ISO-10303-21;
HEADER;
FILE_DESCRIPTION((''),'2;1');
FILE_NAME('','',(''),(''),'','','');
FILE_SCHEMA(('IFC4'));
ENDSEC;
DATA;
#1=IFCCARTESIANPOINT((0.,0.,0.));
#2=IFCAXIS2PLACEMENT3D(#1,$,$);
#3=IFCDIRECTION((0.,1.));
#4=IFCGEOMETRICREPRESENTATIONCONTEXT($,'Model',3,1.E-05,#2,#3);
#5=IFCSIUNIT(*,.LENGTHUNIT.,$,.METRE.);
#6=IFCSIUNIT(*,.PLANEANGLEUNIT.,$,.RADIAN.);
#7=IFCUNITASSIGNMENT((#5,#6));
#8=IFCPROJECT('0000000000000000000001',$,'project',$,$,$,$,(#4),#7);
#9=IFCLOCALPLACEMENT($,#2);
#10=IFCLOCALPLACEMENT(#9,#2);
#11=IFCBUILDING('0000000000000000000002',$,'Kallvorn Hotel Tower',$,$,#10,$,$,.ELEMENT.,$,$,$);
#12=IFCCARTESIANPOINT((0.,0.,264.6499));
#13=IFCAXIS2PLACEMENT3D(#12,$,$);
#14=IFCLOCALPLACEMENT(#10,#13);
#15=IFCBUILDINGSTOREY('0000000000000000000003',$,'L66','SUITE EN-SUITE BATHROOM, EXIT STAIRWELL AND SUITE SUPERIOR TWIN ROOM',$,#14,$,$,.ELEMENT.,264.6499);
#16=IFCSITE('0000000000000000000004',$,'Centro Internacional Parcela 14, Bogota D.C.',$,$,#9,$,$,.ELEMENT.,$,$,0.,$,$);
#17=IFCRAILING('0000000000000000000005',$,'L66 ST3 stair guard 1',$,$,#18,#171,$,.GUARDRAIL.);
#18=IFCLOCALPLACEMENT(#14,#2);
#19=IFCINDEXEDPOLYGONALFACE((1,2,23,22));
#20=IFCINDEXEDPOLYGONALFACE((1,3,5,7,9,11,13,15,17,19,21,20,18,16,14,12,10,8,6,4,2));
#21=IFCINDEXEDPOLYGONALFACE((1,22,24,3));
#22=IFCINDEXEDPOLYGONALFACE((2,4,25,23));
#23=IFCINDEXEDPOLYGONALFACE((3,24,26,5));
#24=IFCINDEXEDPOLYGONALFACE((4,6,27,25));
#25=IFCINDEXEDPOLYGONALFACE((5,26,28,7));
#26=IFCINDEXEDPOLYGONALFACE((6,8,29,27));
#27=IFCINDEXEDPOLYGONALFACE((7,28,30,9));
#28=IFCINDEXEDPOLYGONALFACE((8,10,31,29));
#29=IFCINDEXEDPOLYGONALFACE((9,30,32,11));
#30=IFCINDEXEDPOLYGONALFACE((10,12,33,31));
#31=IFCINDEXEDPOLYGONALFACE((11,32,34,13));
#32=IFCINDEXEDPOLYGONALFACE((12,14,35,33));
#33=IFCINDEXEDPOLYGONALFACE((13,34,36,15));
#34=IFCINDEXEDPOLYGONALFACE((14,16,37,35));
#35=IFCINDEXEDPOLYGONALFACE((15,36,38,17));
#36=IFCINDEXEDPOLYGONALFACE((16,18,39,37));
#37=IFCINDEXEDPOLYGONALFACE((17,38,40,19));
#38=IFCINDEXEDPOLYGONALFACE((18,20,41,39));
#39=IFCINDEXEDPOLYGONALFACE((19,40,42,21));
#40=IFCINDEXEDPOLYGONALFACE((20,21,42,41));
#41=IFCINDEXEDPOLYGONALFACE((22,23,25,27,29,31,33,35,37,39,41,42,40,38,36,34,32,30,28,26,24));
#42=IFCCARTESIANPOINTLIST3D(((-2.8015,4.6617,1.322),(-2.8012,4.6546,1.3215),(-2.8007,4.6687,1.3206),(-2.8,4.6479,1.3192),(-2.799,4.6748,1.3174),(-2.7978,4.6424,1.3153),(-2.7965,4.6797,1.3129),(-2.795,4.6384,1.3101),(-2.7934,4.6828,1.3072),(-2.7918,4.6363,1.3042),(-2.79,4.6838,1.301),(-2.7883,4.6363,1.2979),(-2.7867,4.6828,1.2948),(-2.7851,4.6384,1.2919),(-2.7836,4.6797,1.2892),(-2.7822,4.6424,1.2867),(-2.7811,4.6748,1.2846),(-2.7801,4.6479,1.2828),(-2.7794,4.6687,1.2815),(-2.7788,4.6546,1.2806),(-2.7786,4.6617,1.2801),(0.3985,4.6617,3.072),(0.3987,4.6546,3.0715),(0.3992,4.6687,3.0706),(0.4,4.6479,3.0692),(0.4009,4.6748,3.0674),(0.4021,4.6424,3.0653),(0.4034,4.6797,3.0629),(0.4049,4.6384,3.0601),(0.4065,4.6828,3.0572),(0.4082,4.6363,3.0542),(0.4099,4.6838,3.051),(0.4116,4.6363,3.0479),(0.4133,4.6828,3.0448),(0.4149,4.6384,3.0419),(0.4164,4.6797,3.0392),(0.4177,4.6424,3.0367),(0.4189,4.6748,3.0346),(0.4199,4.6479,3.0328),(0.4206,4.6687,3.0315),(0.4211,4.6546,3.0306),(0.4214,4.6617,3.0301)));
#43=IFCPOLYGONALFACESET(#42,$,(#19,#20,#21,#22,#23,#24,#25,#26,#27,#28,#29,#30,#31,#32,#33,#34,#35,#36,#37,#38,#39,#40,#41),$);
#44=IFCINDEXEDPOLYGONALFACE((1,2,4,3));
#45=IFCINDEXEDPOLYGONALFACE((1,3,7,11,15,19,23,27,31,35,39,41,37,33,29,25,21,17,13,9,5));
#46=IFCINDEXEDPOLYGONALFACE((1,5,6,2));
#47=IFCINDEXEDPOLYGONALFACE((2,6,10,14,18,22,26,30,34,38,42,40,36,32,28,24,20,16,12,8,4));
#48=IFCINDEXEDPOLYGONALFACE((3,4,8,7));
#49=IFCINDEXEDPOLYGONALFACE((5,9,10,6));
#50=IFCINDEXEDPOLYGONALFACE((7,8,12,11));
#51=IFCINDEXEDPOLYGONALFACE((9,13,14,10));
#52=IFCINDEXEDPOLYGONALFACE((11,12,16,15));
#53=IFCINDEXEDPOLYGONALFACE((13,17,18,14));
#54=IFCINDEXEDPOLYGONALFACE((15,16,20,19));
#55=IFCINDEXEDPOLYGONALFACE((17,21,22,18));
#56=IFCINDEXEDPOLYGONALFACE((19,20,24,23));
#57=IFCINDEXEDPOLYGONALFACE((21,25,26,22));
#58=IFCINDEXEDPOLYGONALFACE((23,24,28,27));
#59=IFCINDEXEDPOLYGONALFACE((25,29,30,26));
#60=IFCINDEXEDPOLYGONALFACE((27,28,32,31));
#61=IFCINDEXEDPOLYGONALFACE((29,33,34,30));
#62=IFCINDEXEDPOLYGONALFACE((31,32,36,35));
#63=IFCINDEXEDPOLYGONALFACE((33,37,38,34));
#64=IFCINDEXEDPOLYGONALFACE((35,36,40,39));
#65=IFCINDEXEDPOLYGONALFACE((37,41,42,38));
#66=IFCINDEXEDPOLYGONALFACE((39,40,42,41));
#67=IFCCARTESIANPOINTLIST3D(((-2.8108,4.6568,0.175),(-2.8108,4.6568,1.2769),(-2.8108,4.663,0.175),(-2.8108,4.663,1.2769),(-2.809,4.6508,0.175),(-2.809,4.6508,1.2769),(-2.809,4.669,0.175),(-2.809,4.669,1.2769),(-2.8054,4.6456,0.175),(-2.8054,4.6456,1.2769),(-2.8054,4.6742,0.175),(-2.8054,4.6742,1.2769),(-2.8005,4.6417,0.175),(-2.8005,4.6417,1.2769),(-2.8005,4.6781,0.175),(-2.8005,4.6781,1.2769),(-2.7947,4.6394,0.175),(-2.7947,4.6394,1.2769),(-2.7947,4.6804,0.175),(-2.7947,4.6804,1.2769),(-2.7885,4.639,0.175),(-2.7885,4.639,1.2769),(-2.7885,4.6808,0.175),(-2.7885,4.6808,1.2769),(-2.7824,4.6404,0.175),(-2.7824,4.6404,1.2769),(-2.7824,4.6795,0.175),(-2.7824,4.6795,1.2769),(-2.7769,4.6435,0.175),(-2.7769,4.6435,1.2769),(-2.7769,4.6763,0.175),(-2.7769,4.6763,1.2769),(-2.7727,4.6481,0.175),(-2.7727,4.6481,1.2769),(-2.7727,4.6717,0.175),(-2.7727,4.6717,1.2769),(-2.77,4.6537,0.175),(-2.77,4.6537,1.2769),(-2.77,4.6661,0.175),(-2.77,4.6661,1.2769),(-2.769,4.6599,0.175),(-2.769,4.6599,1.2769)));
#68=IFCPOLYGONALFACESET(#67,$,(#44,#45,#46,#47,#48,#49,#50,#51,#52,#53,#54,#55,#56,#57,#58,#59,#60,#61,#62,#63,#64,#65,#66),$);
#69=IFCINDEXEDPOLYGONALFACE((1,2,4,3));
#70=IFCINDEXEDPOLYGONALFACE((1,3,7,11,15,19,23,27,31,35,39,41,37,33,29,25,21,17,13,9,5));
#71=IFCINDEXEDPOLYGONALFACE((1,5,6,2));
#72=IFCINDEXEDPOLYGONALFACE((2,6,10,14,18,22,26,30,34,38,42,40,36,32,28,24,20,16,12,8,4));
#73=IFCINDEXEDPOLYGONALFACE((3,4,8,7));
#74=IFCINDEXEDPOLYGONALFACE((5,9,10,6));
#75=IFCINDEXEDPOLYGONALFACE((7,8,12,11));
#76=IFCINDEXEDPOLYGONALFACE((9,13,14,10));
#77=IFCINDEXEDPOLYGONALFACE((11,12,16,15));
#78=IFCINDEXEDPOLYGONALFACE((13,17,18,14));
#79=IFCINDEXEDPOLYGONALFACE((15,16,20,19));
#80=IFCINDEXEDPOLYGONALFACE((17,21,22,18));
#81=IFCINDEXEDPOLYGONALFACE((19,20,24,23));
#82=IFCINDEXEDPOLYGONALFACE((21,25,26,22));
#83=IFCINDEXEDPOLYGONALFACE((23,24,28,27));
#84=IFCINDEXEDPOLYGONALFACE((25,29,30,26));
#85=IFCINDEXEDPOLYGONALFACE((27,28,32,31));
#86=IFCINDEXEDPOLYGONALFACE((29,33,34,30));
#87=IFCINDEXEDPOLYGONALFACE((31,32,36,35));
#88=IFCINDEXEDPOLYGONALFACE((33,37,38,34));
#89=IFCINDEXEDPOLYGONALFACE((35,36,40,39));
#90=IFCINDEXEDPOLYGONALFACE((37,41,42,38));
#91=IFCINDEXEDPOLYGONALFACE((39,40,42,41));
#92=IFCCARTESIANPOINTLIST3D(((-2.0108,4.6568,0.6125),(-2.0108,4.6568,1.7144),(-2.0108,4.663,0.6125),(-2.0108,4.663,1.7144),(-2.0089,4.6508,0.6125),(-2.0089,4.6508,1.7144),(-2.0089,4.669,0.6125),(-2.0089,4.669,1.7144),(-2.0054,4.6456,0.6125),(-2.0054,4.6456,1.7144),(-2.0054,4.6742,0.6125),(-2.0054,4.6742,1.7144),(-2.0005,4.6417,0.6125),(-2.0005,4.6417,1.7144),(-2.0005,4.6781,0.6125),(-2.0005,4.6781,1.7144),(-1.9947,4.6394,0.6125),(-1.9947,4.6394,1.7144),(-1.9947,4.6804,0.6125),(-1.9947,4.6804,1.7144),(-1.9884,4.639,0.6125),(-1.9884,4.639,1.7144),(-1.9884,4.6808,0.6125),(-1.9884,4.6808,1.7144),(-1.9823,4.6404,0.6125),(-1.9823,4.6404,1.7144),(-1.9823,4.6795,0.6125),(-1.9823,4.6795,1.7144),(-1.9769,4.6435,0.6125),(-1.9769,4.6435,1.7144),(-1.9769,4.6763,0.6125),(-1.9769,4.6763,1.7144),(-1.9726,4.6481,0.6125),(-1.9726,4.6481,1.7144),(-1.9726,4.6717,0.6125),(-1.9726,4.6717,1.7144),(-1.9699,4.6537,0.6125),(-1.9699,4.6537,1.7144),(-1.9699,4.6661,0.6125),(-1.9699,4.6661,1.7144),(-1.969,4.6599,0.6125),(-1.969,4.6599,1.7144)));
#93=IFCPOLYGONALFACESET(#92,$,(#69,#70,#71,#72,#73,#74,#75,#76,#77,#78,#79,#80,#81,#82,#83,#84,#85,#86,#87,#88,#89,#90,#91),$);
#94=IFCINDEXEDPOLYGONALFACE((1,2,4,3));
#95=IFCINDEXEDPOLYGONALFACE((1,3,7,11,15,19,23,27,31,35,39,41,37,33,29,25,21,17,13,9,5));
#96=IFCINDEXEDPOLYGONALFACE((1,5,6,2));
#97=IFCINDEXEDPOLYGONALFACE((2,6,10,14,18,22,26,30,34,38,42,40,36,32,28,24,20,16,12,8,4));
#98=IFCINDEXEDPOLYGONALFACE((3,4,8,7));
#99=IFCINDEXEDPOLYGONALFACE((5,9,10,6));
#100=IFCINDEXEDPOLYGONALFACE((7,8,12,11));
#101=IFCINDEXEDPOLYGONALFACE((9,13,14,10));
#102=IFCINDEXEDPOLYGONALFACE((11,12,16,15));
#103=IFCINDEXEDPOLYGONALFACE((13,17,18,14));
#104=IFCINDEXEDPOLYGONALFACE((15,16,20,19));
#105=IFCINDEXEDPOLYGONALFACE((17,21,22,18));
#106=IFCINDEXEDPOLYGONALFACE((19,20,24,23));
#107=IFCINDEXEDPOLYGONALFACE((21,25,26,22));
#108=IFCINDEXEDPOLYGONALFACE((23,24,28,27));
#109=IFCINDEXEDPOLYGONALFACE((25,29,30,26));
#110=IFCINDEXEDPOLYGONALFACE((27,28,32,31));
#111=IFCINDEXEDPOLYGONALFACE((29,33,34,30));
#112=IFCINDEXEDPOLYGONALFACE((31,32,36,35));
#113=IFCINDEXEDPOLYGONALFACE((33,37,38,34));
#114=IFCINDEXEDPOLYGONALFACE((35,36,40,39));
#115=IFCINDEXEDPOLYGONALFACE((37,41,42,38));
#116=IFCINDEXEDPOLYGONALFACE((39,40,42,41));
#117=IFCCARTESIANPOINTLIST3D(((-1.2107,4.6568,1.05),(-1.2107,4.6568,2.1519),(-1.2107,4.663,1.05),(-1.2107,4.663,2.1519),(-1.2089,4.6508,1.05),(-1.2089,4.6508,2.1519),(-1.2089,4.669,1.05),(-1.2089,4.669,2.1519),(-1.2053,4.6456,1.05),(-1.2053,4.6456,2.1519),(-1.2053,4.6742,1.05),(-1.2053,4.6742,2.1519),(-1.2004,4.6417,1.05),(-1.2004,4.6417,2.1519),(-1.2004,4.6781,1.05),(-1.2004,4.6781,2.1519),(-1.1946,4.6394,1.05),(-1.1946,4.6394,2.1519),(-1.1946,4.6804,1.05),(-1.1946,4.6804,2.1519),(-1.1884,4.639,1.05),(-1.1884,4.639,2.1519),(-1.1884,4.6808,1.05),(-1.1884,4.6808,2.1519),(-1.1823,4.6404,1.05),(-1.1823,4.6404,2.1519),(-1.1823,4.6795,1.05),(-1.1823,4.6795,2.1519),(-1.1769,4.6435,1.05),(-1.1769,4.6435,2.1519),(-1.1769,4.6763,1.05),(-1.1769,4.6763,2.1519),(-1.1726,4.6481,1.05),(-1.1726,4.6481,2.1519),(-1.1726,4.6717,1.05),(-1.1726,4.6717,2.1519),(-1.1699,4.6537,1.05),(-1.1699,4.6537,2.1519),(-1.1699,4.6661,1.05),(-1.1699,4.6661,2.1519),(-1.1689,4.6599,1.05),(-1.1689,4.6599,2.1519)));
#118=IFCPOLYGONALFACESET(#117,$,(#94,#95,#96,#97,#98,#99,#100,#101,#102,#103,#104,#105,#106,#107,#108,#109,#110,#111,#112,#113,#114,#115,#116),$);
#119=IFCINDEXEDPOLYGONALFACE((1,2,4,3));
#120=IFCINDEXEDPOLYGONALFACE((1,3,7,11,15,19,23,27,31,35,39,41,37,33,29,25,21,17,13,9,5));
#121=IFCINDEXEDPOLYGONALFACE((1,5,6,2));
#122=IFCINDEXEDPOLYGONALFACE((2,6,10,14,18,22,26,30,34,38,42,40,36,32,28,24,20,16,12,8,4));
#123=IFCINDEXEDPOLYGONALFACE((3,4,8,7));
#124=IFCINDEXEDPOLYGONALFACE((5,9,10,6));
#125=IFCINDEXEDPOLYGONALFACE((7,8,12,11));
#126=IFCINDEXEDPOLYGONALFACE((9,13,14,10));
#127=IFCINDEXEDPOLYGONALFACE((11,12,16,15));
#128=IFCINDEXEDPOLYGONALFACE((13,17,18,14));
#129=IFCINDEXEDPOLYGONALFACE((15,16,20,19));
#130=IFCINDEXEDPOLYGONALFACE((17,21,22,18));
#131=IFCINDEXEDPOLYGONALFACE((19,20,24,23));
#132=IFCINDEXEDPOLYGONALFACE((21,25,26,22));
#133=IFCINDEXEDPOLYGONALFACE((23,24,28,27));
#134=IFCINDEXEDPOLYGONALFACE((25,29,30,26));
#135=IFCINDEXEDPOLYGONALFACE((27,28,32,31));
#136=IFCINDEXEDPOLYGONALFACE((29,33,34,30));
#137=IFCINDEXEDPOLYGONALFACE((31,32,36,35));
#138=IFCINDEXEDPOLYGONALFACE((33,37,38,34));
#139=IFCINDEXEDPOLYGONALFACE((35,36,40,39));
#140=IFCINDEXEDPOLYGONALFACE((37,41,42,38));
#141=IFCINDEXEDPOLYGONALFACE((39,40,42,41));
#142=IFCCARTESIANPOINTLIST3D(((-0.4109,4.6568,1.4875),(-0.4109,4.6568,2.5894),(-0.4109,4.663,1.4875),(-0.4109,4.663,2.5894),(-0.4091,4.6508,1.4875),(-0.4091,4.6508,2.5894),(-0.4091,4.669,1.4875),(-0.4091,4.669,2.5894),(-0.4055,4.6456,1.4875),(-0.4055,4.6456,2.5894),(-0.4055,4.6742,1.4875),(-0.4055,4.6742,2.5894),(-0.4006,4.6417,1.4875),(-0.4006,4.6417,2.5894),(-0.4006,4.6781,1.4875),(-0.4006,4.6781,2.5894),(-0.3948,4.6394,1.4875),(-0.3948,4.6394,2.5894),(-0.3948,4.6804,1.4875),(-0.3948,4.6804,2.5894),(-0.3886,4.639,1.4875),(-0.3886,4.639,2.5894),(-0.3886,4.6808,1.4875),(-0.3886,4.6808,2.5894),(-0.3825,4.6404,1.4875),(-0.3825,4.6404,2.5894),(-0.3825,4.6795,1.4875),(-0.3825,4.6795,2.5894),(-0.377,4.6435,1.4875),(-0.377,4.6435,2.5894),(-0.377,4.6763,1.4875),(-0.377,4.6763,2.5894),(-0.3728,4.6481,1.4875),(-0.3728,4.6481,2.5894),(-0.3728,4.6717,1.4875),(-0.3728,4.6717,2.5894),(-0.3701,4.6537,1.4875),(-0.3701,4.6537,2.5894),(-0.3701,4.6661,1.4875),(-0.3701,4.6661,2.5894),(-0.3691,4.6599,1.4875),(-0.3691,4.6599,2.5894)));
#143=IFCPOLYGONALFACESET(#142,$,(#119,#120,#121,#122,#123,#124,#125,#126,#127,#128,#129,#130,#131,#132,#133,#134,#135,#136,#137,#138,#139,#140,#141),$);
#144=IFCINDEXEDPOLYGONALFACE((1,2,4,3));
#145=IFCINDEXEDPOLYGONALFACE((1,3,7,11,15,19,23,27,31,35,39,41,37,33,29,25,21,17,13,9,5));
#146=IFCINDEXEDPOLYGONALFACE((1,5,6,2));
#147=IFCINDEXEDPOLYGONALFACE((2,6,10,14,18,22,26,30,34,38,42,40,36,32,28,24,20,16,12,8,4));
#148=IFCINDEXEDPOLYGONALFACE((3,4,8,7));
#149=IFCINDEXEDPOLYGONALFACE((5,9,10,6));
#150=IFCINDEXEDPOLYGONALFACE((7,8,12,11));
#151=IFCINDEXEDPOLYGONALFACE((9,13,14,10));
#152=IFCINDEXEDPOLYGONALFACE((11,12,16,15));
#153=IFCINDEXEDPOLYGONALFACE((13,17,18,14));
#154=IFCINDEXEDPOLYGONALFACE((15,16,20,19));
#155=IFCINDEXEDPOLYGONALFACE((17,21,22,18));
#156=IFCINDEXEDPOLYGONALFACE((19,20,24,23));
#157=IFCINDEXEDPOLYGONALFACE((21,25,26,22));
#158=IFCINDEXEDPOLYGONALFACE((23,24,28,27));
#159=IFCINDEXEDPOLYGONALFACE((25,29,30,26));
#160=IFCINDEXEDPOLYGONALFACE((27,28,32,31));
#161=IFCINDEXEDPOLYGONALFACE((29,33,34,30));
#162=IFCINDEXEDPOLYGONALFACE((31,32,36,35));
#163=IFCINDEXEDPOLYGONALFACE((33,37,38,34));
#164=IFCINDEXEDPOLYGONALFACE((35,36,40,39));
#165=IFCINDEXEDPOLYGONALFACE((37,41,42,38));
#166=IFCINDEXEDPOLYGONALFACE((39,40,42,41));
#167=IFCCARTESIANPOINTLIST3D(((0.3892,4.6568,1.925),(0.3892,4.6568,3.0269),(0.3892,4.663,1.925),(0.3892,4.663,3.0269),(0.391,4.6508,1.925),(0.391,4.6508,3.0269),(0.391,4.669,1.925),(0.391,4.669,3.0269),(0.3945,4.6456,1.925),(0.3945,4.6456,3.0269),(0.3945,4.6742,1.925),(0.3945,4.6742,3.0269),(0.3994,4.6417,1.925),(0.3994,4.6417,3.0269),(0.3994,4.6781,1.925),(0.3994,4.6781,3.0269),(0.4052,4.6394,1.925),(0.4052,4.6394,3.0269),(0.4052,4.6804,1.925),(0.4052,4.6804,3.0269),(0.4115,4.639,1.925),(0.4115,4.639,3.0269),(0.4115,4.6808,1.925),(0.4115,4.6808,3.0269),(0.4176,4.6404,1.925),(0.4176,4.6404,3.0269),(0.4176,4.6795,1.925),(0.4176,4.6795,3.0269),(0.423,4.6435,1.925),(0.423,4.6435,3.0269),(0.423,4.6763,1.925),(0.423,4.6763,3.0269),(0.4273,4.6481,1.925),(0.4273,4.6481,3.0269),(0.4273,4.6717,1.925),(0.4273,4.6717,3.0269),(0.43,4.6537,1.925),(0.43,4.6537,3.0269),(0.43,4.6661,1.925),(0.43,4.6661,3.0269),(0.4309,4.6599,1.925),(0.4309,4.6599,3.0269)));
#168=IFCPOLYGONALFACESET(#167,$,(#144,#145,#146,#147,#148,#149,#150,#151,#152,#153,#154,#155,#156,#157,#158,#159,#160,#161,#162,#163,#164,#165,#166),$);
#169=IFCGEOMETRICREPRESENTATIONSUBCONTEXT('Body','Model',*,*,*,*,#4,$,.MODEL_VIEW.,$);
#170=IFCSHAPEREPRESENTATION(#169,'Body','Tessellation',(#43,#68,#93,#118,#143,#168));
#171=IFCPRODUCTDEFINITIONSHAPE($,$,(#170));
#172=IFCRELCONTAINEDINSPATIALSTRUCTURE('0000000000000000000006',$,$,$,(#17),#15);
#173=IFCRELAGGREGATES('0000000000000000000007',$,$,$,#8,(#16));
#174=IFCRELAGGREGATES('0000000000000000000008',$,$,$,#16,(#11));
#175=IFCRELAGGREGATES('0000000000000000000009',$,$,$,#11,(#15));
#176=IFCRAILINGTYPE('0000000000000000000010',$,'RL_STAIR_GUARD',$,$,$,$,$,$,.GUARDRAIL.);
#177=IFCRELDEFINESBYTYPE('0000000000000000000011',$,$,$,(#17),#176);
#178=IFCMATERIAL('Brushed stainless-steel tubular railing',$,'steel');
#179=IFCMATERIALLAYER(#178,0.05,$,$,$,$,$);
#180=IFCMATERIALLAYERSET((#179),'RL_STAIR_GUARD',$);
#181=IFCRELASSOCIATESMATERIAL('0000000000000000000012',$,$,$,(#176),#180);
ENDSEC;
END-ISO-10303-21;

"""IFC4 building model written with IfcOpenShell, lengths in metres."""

from ifc_helpers import new_model, si_unit, direction, frame, origin, origin_2d, place, context, subcontext, project, spatial, circle, extrude, material, layer, layer_set, type_object, element, save


model = new_model("IFC4")

# Units and contexts
model_context = context("Model", 3, precision=1e-05, world=origin(), true_north=direction((0.0, 1.0)))
body_context = subcontext(model_context, "Body", "Model", "MODEL_VIEW")
ifc_project = project(units=[si_unit("LENGTHUNIT", "METRE"), si_unit("PLANEANGLEUNIT", "RADIAN")], contexts=[model_context])

# Site, building, storey
site_placement = place(None, origin())
site = spatial("IfcSite", under=ifc_project, at=site_placement, Name="Centro Internacional Parcela 14, Bogota D.C.", CompositionType="ELEMENT", RefElevation=0.0)
building_placement = place(site_placement, origin())
building = spatial("IfcBuilding", under=site, at=building_placement, Name="Kallvorn Hotel Tower", CompositionType="ELEMENT")
storey_placement = place(building_placement, frame((0.0, 0.0, 264.6499)))
storey = spatial("IfcBuildingStorey", under=building, at=storey_placement, Name="L66", Description="SUITE EN-SUITE BATHROOM, EXIT STAIRWELL AND SUITE SUPERIOR TWIN ROOM", CompositionType="ELEMENT", Elevation=264.6499)

# Railing
ifc_material_1 = material(Name="Brushed stainless-steel tubular railing", Category="steel")
ifc_layer_1 = layer(ifc_material_1, 0.05)
ifc_layer_set_1 = layer_set([ifc_layer_1], Name="RL_STAIR_GUARD")
railing_type_1 = type_object("IfcRailingType", Name="RL_STAIR_GUARD", PredefinedType="GUARDRAIL", material=ifc_layer_set_1)
railing_1_placement = place(storey_placement, frame((-2.79, 4.6599, 0.175)))
element("IfcRailing", 1, at=railing_1_placement, inside=storey, type_object=railing_type_1, Name="L66 ST3 stair guard 1", PredefinedType="GUARDRAIL", context=body_context, shape_type="SweptSolid", body=[
    extrude(circle(Radius=0.0239, at=origin_2d()), frame((0.0, 0.0, 1.126), z_axis=(0.877368, 0.0, 0.479818), x_axis=(0.0, 1.0, 0.0)), (0.0, 0.0, 1.0), 3.6472),
    extrude(circle(Radius=0.021, at=origin_2d()), origin(), (0.0, 0.0, 1.0), 1.1018),
    extrude(circle(Radius=0.021, at=origin_2d()), frame((0.8, 0.0, 0.4375)), (0.0, 0.0, 1.0), 1.1018),
    extrude(circle(Radius=0.021, at=origin_2d()), frame((1.6001, 0.0, 0.875)), (0.0, 0.0, 1.0), 1.1018),
    extrude(circle(Radius=0.021, at=origin_2d()), frame((2.3999, 0.0, 1.3125)), (0.0, 0.0, 1.0), 1.1018),
    extrude(circle(Radius=0.021, at=origin_2d()), frame((3.2, 0.0, 1.75)), (0.0, 0.0, 1.0), 1.1018),
])

save(model, "model.ifc")
